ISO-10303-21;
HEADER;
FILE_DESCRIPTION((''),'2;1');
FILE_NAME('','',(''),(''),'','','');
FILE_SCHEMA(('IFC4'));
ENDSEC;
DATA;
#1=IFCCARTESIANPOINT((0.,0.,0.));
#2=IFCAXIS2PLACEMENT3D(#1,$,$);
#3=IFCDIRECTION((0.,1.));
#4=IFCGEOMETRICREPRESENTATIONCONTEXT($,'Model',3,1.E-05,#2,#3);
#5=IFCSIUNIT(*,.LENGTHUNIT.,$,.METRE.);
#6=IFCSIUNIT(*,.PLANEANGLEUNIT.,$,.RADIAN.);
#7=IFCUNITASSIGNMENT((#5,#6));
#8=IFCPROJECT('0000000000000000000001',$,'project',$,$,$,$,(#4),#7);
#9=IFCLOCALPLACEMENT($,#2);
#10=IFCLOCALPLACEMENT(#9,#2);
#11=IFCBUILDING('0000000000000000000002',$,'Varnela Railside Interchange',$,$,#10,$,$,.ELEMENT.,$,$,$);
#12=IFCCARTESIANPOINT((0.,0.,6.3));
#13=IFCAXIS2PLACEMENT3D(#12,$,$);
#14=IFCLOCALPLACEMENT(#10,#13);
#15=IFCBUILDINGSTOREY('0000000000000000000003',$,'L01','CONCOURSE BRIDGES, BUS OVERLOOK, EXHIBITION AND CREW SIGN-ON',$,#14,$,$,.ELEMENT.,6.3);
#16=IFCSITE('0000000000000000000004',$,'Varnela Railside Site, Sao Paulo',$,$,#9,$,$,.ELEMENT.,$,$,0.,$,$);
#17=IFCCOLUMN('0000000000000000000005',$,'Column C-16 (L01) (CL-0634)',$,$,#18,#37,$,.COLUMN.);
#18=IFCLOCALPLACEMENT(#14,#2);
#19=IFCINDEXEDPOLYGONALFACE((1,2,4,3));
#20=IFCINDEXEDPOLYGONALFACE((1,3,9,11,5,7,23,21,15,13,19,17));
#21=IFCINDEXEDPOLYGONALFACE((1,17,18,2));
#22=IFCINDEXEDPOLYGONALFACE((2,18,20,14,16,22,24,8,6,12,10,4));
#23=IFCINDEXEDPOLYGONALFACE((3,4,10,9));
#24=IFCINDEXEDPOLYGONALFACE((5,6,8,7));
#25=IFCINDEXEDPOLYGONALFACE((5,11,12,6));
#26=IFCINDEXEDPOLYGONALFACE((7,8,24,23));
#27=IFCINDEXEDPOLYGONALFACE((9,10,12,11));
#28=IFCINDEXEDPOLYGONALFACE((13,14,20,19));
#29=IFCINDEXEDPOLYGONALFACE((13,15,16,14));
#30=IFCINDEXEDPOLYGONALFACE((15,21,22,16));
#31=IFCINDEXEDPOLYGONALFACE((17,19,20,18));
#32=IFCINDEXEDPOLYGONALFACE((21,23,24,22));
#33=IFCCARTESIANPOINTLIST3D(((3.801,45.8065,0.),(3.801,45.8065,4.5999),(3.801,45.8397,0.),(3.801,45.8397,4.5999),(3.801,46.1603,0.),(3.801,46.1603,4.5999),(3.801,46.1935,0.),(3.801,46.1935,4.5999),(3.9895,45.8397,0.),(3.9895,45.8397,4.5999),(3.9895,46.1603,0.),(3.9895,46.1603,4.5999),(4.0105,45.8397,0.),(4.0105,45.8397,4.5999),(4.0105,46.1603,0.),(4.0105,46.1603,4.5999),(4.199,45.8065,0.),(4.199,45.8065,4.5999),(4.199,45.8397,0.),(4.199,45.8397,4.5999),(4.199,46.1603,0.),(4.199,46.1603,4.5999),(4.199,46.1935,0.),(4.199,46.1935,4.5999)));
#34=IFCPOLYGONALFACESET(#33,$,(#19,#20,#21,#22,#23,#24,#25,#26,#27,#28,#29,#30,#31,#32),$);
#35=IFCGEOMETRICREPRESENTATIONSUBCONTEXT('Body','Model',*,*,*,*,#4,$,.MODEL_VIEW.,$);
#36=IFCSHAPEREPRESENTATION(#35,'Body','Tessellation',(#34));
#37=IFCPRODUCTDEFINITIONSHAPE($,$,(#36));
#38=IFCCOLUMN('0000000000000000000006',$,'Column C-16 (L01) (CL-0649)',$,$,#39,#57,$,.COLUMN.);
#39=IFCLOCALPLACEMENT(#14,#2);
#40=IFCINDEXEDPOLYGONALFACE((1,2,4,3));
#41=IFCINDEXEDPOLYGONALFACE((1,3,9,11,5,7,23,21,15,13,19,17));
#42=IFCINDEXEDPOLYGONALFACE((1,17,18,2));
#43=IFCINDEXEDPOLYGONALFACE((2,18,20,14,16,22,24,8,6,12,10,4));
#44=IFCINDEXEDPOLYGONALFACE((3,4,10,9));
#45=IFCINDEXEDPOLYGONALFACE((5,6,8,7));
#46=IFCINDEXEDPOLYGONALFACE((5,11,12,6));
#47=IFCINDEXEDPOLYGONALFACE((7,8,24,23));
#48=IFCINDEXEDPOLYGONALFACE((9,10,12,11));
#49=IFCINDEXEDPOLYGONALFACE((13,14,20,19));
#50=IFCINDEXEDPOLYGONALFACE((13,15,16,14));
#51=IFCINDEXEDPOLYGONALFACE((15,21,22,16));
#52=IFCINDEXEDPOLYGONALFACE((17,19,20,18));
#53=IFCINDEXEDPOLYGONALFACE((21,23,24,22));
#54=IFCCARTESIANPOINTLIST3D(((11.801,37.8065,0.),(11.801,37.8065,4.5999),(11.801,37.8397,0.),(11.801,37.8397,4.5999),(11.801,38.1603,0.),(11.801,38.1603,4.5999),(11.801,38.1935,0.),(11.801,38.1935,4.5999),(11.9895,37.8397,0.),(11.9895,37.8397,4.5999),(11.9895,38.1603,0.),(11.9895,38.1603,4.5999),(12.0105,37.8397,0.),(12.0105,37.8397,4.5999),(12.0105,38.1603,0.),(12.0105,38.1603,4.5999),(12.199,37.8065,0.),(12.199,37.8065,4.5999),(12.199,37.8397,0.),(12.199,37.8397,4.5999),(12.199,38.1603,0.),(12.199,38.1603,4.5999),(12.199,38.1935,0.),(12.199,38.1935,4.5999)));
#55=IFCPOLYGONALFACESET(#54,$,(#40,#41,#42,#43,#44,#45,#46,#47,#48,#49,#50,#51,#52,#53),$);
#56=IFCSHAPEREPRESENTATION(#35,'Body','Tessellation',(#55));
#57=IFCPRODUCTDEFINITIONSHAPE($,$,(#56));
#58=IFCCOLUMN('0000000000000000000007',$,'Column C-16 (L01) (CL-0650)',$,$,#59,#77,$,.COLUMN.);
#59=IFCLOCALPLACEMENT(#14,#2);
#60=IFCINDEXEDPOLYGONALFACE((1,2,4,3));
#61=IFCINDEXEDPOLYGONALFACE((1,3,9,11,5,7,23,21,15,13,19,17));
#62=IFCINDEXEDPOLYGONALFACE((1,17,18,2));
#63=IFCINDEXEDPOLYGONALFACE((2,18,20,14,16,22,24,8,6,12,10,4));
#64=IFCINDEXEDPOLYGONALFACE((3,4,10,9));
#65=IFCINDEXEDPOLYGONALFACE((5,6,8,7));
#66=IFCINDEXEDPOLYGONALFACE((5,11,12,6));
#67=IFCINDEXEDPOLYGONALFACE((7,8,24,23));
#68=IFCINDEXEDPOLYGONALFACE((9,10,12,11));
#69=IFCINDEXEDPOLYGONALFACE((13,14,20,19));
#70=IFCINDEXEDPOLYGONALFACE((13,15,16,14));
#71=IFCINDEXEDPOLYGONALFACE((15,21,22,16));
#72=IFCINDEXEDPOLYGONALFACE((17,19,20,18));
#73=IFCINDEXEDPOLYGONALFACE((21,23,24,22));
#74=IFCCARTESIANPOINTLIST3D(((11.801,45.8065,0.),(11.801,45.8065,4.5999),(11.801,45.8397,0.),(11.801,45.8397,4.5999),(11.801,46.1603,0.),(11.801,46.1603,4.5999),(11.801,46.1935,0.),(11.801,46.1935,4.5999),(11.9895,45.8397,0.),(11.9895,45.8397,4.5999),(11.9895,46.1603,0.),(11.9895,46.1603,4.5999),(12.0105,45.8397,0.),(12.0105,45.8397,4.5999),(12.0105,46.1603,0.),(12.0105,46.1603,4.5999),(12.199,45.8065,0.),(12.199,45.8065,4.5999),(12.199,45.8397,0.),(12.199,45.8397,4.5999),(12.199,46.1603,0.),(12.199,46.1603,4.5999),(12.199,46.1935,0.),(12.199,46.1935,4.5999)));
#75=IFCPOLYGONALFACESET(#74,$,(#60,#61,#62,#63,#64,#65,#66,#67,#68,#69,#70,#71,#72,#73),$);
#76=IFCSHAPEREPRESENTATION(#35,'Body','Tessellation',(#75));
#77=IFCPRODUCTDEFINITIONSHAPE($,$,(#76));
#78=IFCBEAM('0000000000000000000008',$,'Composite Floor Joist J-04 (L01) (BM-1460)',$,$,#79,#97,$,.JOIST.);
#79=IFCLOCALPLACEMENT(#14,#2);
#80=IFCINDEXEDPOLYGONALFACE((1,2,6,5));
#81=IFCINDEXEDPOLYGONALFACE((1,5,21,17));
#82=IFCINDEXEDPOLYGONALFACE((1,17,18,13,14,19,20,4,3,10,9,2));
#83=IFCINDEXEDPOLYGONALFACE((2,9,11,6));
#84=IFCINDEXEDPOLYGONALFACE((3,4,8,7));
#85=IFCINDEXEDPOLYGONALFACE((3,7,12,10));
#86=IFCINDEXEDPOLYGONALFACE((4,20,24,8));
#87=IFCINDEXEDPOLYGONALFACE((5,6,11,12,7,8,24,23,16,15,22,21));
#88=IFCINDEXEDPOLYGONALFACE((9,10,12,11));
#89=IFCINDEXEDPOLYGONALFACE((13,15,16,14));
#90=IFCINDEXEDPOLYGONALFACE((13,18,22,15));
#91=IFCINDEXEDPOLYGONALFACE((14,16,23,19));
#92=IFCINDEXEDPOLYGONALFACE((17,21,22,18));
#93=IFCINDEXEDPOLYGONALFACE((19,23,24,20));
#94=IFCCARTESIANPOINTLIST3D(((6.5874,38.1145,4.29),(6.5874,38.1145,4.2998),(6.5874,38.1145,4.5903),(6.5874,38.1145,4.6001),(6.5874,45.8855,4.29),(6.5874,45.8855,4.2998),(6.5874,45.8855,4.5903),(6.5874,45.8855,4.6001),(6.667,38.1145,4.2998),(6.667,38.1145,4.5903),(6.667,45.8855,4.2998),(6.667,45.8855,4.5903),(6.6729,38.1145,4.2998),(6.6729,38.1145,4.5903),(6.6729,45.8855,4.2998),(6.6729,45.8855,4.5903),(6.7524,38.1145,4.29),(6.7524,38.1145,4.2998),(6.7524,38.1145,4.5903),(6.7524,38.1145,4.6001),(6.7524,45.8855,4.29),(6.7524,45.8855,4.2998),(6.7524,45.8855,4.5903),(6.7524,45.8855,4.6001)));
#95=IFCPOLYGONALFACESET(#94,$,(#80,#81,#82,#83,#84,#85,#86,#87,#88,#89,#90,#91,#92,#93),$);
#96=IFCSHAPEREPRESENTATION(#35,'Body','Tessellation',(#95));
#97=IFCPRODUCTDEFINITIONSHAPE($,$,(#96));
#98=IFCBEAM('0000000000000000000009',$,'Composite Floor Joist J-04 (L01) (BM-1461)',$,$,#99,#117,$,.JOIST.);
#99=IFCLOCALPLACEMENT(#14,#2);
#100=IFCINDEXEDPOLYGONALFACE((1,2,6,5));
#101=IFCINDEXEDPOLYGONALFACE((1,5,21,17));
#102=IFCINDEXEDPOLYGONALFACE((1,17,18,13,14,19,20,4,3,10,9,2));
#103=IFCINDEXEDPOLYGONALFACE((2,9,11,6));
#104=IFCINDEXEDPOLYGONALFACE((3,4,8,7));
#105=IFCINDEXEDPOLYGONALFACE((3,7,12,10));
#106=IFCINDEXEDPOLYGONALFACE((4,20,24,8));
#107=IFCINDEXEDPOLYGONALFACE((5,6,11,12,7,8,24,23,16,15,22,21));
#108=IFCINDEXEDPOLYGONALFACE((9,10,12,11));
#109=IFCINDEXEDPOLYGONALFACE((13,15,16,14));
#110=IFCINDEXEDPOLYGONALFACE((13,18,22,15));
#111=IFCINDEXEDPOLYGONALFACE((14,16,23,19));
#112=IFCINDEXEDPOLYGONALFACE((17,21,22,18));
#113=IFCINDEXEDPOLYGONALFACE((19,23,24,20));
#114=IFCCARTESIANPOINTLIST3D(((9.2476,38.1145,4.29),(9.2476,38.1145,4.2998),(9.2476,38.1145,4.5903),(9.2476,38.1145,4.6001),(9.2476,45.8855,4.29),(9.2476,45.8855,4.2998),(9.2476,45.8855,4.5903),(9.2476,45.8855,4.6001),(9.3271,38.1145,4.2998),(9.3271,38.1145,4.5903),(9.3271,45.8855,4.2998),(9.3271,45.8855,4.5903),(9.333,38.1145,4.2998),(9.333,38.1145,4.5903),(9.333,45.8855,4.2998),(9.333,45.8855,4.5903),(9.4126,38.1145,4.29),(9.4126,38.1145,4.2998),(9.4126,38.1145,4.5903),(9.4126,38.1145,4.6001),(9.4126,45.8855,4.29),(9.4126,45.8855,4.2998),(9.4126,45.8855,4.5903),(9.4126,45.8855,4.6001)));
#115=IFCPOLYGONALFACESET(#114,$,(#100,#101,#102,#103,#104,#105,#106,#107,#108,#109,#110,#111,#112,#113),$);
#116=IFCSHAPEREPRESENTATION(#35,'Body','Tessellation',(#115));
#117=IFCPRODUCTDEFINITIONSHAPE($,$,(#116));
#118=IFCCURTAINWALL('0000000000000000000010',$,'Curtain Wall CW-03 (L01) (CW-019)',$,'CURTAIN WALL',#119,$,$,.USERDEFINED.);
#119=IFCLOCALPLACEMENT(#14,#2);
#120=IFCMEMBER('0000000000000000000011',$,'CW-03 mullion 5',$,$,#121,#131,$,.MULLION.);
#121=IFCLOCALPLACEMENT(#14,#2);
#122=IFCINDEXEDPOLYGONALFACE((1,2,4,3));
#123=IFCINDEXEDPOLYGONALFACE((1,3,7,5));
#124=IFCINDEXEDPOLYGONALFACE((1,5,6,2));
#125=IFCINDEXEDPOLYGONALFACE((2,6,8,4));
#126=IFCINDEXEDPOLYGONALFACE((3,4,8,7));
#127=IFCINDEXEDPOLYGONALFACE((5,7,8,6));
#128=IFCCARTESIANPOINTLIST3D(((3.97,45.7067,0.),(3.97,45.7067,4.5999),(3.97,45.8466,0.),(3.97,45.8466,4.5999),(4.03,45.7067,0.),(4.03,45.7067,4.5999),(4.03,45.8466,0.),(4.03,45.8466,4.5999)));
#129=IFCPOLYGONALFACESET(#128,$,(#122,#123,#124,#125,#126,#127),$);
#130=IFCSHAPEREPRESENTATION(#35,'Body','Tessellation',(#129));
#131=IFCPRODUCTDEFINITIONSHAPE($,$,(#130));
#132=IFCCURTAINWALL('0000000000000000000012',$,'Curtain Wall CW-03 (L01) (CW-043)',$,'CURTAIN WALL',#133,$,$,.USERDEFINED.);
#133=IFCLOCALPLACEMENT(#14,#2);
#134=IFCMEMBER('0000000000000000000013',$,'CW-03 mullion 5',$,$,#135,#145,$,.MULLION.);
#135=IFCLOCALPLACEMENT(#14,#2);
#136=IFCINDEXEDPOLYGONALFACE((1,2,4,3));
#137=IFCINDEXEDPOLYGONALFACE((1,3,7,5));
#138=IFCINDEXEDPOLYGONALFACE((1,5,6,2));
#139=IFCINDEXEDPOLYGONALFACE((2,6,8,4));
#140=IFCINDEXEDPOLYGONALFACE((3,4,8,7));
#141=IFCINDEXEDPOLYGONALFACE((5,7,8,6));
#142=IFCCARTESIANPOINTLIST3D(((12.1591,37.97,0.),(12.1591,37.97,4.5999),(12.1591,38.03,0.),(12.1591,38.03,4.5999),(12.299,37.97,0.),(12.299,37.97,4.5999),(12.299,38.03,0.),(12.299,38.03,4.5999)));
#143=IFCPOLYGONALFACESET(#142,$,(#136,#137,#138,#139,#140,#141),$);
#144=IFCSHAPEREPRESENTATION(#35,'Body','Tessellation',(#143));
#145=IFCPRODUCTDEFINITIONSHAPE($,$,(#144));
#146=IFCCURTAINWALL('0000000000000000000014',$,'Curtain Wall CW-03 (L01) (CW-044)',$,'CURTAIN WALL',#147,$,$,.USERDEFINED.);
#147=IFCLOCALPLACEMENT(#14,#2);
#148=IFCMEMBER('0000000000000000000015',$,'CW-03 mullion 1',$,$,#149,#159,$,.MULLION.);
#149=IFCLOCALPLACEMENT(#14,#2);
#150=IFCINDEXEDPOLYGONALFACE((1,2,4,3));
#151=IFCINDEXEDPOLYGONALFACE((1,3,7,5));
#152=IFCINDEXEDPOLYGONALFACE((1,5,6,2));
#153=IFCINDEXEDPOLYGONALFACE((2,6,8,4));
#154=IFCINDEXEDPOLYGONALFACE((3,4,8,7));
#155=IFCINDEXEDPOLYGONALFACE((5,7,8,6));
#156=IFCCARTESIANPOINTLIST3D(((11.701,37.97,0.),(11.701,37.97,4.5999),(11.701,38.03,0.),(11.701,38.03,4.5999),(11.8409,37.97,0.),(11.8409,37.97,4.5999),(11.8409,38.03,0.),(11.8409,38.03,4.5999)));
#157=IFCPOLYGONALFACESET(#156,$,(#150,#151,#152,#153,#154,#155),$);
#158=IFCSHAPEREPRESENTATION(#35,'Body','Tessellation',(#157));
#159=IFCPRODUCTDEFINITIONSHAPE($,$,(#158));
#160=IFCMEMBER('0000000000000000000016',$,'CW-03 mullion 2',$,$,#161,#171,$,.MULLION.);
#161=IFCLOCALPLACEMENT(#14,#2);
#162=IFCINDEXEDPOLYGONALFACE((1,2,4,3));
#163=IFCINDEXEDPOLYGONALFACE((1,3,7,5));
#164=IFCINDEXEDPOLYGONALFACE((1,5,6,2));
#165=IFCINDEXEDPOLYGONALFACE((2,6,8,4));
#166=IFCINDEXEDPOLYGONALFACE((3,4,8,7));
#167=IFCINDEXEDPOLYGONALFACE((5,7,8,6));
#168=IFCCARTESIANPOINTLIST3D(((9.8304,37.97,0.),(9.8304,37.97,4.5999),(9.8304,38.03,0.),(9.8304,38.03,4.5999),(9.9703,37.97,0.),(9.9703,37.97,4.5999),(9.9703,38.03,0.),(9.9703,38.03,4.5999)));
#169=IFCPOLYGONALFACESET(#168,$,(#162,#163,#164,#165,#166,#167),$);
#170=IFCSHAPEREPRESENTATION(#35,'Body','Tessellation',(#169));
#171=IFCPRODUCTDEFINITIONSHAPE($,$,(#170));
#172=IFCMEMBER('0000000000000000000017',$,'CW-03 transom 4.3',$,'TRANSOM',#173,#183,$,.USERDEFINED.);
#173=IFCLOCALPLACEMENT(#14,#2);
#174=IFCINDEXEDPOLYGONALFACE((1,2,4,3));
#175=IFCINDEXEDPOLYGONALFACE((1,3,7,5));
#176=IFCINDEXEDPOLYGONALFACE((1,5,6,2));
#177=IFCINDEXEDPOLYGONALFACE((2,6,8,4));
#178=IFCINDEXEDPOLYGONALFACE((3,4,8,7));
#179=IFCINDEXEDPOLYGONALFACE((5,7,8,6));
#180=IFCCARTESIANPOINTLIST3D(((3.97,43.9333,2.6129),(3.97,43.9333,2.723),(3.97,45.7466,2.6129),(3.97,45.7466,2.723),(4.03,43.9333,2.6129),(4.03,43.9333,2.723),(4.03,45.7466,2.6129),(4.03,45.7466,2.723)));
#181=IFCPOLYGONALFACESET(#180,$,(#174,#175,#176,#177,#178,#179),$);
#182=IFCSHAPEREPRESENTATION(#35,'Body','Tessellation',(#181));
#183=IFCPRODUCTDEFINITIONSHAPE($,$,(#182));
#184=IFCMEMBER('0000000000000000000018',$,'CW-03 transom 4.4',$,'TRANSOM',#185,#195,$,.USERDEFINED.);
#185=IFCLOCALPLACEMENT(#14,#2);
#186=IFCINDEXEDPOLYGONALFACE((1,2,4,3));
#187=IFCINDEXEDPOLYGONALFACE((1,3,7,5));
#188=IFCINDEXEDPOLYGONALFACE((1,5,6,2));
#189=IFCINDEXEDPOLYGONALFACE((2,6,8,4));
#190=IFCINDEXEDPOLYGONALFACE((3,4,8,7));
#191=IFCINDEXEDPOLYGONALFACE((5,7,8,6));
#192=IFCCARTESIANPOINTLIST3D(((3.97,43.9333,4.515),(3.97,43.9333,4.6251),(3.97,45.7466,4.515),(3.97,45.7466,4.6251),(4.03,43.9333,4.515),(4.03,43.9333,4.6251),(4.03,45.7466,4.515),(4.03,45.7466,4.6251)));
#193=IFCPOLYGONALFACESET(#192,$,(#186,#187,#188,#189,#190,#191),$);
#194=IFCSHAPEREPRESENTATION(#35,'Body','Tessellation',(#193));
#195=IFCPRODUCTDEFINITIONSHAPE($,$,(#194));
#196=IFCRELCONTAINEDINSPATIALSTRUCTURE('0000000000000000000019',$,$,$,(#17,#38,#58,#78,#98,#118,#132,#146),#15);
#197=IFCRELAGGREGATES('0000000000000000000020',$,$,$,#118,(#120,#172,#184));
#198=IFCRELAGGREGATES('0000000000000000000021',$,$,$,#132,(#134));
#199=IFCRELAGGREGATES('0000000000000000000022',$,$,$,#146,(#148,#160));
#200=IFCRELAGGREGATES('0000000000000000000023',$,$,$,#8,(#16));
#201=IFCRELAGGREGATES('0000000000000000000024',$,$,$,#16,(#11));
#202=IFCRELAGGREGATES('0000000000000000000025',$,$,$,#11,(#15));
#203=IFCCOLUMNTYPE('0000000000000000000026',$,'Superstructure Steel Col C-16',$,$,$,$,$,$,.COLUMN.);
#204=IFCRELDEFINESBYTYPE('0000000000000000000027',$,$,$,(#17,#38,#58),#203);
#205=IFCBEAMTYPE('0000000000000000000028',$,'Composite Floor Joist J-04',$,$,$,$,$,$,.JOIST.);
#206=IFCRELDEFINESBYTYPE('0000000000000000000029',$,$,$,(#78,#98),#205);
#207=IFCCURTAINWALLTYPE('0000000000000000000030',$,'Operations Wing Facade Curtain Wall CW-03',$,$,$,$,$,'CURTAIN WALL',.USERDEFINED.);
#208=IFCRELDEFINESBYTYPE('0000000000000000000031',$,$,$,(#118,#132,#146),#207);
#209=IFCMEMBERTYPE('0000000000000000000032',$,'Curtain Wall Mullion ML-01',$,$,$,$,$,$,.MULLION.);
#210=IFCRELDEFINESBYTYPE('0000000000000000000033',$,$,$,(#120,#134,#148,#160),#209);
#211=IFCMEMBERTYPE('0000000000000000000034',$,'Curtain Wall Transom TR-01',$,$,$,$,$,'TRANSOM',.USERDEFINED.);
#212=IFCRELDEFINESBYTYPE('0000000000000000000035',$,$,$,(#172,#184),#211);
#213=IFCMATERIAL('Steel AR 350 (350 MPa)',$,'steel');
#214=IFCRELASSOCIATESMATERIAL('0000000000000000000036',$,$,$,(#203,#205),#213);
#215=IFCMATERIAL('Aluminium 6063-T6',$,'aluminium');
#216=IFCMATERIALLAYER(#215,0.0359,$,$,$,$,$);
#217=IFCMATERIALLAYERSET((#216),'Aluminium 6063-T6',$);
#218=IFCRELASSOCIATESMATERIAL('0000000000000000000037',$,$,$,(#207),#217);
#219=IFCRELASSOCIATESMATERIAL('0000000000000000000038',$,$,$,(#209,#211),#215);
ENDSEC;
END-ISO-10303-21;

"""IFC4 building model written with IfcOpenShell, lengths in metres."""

from ifc_helpers import new_model, si_unit, direction, frame, origin, origin_2d, place, context, subcontext, project, spatial, rectangle, i_section, extrude, material, layer, layer_set, material_profile, profile_set, type_object, element, aggregate, save


model = new_model("IFC4")

# Units and contexts
model_context = context("Model", 3, precision=1e-05, world=origin(), true_north=direction((0.0, 1.0)))
body_context = subcontext(model_context, "Body", "Model", "MODEL_VIEW")
ifc_project = project(units=[si_unit("LENGTHUNIT", "METRE"), si_unit("PLANEANGLEUNIT", "RADIAN")], contexts=[model_context])

# Site, building, storey
site_placement = place(None, origin())
site = spatial("IfcSite", under=ifc_project, at=site_placement, Name="Varnela Railside Site, Sao Paulo", CompositionType="ELEMENT", RefElevation=0.0)
building_placement = place(site_placement, origin())
building = spatial("IfcBuilding", under=site, at=building_placement, Name="Varnela Railside Interchange", CompositionType="ELEMENT")
storey_placement = place(building_placement, frame((0.0, 0.0, 6.3)))
storey = spatial("IfcBuildingStorey", under=building, at=storey_placement, Name="L01", Description="CONCOURSE BRIDGES, BUS OVERLOOK, EXHIBITION AND CREW SIGN-ON", CompositionType="ELEMENT", Elevation=6.3)

# Columns
ifc_material_1 = material(Name="Steel AR 350 (350 MPa)", Category="steel")
ifc_material_profile_1 = material_profile(ifc_material_1, i_section(OverallWidth=0.3979, OverallDepth=0.387, WebThickness=0.021, FlangeThickness=0.0332, at=origin_2d()), Name="W360x262")
ifc_profile_set_1 = profile_set([ifc_material_profile_1], Name="Steel AR 350 (350 MPa)")
column_type = type_object("IfcColumnType", Name="Superstructure Steel Col C-16", PredefinedType="COLUMN", material=ifc_profile_set_1)
for number, where, z_axis, x_axis, name in (
    (1, (4.0, 46.0, 0.0), (0.0, 0.0, 1.0), (1.0, 0.0, 0.0), "Column C-16 (L01) (CL-0634)"),
    (2, (12.0, 38.0, 0.0), (0.0, 0.0, 1.0), (1.0, 0.0, 0.0), "Column C-16 (L01) (CL-0649)"),
    (3, (12.0, 46.0, 0.0), (0.0, 0.0, 1.0), (1.0, 0.0, 0.0), "Column C-16 (L01) (CL-0650)"),
):
    element("IfcColumn", number, at=place(storey_placement, frame(where, z_axis=z_axis, x_axis=x_axis)), inside=storey, type_object=column_type, Name=name, PredefinedType="COLUMN", context=body_context, shape_type="SweptSolid", body=[
        extrude(i_section(OverallWidth=0.3979, OverallDepth=0.387, WebThickness=0.021, FlangeThickness=0.0332, at=origin_2d()), origin(), (0.0, 0.0, 1.0), 4.5999),
    ])

# Beams
ifc_material_profile_2 = material_profile(ifc_material_1, i_section(OverallWidth=0.165, OverallDepth=0.3101, WebThickness=0.0059, FlangeThickness=0.0098, at=origin_2d()), Name="W310x38.7")
ifc_profile_set_2 = profile_set([ifc_material_profile_2], Name="Steel AR 350 (350 MPa)")
beam_type_1 = type_object("IfcBeamType", Name="Composite Floor Joist J-04", PredefinedType="JOIST", material=ifc_profile_set_2)
for number, where, z_axis, x_axis, name in (
    (4, (6.6699, 38.1145, 4.4451), (0.0, 1.0, 0.0), (-1.0, 0.0, 0.0), "Composite Floor Joist J-04 (L01) (BM-1460)"),
    (5, (9.3301, 38.1145, 4.4451), (0.0, 1.0, 0.0), (-1.0, 0.0, 0.0), "Composite Floor Joist J-04 (L01) (BM-1461)"),
):
    element("IfcBeam", number, at=place(storey_placement, frame(where, z_axis=z_axis, x_axis=x_axis)), inside=storey, type_object=beam_type_1, Name=name, PredefinedType="JOIST", context=body_context, shape_type="SweptSolid", body=[
        extrude(i_section(OverallWidth=0.165, OverallDepth=0.3101, WebThickness=0.0059, FlangeThickness=0.0098, at=origin_2d()), origin(), (0.0, 0.0, 1.0), 7.771),
    ])

# Curtain walls, members
ifc_material_2 = material(Name="Aluminium 6063-T6", Category="aluminium")
ifc_layer_1 = layer(ifc_material_2, 0.0359)
ifc_layer_set_1 = layer_set([ifc_layer_1], Name="Aluminium 6063-T6")
curtain_wall_type = type_object("IfcCurtainWallType", Name="Operations Wing Facade Curtain Wall CW-03", ElementType="CURTAIN WALL", PredefinedType="USERDEFINED", material=ifc_layer_set_1)
curtain_wall_1_placement = place(storey_placement, origin())
curtain_wall_1 = element("IfcCurtainWall", 6, at=curtain_wall_1_placement, inside=storey, type_object=curtain_wall_type, Name="Curtain Wall CW-03 (L01) (CW-019)", ObjectType="CURTAIN WALL", PredefinedType="USERDEFINED")
ifc_material_profile_3 = material_profile(ifc_material_2, rectangle(XDim=0.0601, YDim=0.1399, at=origin_2d()), Name="ALU 60x140")
ifc_profile_set_3 = profile_set([ifc_material_profile_3], Name="Aluminium 6063-T6")
member_type_1 = type_object("IfcMemberType", Name="Curtain Wall Mullion ML-01", PredefinedType="MULLION", material=ifc_profile_set_3)
member_1_placement = place(storey_placement, frame((4.0, 45.7766, 0.0), z_axis=(0.0, 0.0, 1.0), x_axis=(-1.0, 0.0, 0.0)))
member_1 = element("IfcMember", 7, at=member_1_placement, type_object=member_type_1, Name="CW-03 mullion 5", PredefinedType="MULLION", context=body_context, shape_type="SweptSolid", body=[
    extrude(rectangle(XDim=0.0601, YDim=0.1399, at=origin_2d()), origin(), (0.0, 0.0, 1.0), 4.5999),
])
curtain_wall_2_placement = place(storey_placement, origin())
curtain_wall_2 = element("IfcCurtainWall", 8, at=curtain_wall_2_placement, inside=storey, type_object=curtain_wall_type, Name="Curtain Wall CW-03 (L01) (CW-043)", ObjectType="CURTAIN WALL", PredefinedType="USERDEFINED")
member_2_placement = place(storey_placement, frame((12.229, 38.0, 0.0), z_axis=(0.0, 0.0, 1.0), x_axis=(0.0, -1.0, 0.0)))
member_2 = element("IfcMember", 9, at=member_2_placement, type_object=member_type_1, Name="CW-03 mullion 5", PredefinedType="MULLION", context=body_context, shape_type="SweptSolid", body=[
    extrude(rectangle(XDim=0.0601, YDim=0.1399, at=origin_2d()), origin(), (0.0, 0.0, 1.0), 4.5999),
])

# Curtain wall, members
curtain_wall_3_placement = place(storey_placement, origin())
curtain_wall_3 = element("IfcCurtainWall", 10, at=curtain_wall_3_placement, inside=storey, type_object=curtain_wall_type, Name="Curtain Wall CW-03 (L01) (CW-044)", ObjectType="CURTAIN WALL", PredefinedType="USERDEFINED")
member_3_placement = place(storey_placement, frame((11.771, 38.0, 0.0), z_axis=(0.0, 0.0, 1.0), x_axis=(0.0, -1.0, 0.0)))
member_3 = element("IfcMember", 11, at=member_3_placement, type_object=member_type_1, Name="CW-03 mullion 1", PredefinedType="MULLION", context=body_context, shape_type="SweptSolid", body=[
    extrude(rectangle(XDim=0.0601, YDim=0.1399, at=origin_2d()), origin(), (0.0, 0.0, 1.0), 4.5999),
])
member_4_placement = place(storey_placement, frame((9.9004, 38.0, 0.0), z_axis=(0.0, 0.0, 1.0), x_axis=(0.0, -1.0, 0.0)))
member_4 = element("IfcMember", 12, at=member_4_placement, type_object=member_type_1, Name="CW-03 mullion 2", PredefinedType="MULLION", context=body_context, shape_type="SweptSolid", body=[
    extrude(rectangle(XDim=0.0601, YDim=0.1399, at=origin_2d()), origin(), (0.0, 0.0, 1.0), 4.5999),
])

# Members
ifc_material_profile_4 = material_profile(ifc_material_2, rectangle(XDim=0.0601, YDim=0.1101, at=origin_2d()), Name="ALU 60x110")
ifc_profile_set_4 = profile_set([ifc_material_profile_4], Name="Aluminium 6063-T6")
member_type_2 = type_object("IfcMemberType", Name="Curtain Wall Transom TR-01", ElementType="TRANSOM", PredefinedType="USERDEFINED", material=ifc_profile_set_4)
member_5_placement = place(storey_placement, frame((4.0, 43.9333, 2.668), z_axis=(0.0, 1.0, 0.0), x_axis=(-1.0, 0.0, 0.0)))
member_5 = element("IfcMember", 13, at=member_5_placement, type_object=member_type_2, Name="CW-03 transom 4.3", ObjectType="TRANSOM", PredefinedType="USERDEFINED", context=body_context, shape_type="SweptSolid", body=[
    extrude(rectangle(XDim=0.0601, YDim=0.1101, at=origin_2d()), origin(), (0.0, 0.0, 1.0), 1.8132),
])
member_6_placement = place(storey_placement, frame((4.0, 43.9333, 4.5701), z_axis=(0.0, 1.0, 0.0), x_axis=(-1.0, 0.0, 0.0)))
member_6 = element("IfcMember", 14, at=member_6_placement, type_object=member_type_2, Name="CW-03 transom 4.4", ObjectType="TRANSOM", PredefinedType="USERDEFINED", context=body_context, shape_type="SweptSolid", body=[
    extrude(rectangle(XDim=0.0601, YDim=0.1101, at=origin_2d()), origin(), (0.0, 0.0, 1.0), 1.8132),
])

aggregate(curtain_wall_1, [member_1, member_5, member_6])
aggregate(curtain_wall_2, [member_2])
aggregate(curtain_wall_3, [member_3, member_4])

save(model, "model.ifc")
